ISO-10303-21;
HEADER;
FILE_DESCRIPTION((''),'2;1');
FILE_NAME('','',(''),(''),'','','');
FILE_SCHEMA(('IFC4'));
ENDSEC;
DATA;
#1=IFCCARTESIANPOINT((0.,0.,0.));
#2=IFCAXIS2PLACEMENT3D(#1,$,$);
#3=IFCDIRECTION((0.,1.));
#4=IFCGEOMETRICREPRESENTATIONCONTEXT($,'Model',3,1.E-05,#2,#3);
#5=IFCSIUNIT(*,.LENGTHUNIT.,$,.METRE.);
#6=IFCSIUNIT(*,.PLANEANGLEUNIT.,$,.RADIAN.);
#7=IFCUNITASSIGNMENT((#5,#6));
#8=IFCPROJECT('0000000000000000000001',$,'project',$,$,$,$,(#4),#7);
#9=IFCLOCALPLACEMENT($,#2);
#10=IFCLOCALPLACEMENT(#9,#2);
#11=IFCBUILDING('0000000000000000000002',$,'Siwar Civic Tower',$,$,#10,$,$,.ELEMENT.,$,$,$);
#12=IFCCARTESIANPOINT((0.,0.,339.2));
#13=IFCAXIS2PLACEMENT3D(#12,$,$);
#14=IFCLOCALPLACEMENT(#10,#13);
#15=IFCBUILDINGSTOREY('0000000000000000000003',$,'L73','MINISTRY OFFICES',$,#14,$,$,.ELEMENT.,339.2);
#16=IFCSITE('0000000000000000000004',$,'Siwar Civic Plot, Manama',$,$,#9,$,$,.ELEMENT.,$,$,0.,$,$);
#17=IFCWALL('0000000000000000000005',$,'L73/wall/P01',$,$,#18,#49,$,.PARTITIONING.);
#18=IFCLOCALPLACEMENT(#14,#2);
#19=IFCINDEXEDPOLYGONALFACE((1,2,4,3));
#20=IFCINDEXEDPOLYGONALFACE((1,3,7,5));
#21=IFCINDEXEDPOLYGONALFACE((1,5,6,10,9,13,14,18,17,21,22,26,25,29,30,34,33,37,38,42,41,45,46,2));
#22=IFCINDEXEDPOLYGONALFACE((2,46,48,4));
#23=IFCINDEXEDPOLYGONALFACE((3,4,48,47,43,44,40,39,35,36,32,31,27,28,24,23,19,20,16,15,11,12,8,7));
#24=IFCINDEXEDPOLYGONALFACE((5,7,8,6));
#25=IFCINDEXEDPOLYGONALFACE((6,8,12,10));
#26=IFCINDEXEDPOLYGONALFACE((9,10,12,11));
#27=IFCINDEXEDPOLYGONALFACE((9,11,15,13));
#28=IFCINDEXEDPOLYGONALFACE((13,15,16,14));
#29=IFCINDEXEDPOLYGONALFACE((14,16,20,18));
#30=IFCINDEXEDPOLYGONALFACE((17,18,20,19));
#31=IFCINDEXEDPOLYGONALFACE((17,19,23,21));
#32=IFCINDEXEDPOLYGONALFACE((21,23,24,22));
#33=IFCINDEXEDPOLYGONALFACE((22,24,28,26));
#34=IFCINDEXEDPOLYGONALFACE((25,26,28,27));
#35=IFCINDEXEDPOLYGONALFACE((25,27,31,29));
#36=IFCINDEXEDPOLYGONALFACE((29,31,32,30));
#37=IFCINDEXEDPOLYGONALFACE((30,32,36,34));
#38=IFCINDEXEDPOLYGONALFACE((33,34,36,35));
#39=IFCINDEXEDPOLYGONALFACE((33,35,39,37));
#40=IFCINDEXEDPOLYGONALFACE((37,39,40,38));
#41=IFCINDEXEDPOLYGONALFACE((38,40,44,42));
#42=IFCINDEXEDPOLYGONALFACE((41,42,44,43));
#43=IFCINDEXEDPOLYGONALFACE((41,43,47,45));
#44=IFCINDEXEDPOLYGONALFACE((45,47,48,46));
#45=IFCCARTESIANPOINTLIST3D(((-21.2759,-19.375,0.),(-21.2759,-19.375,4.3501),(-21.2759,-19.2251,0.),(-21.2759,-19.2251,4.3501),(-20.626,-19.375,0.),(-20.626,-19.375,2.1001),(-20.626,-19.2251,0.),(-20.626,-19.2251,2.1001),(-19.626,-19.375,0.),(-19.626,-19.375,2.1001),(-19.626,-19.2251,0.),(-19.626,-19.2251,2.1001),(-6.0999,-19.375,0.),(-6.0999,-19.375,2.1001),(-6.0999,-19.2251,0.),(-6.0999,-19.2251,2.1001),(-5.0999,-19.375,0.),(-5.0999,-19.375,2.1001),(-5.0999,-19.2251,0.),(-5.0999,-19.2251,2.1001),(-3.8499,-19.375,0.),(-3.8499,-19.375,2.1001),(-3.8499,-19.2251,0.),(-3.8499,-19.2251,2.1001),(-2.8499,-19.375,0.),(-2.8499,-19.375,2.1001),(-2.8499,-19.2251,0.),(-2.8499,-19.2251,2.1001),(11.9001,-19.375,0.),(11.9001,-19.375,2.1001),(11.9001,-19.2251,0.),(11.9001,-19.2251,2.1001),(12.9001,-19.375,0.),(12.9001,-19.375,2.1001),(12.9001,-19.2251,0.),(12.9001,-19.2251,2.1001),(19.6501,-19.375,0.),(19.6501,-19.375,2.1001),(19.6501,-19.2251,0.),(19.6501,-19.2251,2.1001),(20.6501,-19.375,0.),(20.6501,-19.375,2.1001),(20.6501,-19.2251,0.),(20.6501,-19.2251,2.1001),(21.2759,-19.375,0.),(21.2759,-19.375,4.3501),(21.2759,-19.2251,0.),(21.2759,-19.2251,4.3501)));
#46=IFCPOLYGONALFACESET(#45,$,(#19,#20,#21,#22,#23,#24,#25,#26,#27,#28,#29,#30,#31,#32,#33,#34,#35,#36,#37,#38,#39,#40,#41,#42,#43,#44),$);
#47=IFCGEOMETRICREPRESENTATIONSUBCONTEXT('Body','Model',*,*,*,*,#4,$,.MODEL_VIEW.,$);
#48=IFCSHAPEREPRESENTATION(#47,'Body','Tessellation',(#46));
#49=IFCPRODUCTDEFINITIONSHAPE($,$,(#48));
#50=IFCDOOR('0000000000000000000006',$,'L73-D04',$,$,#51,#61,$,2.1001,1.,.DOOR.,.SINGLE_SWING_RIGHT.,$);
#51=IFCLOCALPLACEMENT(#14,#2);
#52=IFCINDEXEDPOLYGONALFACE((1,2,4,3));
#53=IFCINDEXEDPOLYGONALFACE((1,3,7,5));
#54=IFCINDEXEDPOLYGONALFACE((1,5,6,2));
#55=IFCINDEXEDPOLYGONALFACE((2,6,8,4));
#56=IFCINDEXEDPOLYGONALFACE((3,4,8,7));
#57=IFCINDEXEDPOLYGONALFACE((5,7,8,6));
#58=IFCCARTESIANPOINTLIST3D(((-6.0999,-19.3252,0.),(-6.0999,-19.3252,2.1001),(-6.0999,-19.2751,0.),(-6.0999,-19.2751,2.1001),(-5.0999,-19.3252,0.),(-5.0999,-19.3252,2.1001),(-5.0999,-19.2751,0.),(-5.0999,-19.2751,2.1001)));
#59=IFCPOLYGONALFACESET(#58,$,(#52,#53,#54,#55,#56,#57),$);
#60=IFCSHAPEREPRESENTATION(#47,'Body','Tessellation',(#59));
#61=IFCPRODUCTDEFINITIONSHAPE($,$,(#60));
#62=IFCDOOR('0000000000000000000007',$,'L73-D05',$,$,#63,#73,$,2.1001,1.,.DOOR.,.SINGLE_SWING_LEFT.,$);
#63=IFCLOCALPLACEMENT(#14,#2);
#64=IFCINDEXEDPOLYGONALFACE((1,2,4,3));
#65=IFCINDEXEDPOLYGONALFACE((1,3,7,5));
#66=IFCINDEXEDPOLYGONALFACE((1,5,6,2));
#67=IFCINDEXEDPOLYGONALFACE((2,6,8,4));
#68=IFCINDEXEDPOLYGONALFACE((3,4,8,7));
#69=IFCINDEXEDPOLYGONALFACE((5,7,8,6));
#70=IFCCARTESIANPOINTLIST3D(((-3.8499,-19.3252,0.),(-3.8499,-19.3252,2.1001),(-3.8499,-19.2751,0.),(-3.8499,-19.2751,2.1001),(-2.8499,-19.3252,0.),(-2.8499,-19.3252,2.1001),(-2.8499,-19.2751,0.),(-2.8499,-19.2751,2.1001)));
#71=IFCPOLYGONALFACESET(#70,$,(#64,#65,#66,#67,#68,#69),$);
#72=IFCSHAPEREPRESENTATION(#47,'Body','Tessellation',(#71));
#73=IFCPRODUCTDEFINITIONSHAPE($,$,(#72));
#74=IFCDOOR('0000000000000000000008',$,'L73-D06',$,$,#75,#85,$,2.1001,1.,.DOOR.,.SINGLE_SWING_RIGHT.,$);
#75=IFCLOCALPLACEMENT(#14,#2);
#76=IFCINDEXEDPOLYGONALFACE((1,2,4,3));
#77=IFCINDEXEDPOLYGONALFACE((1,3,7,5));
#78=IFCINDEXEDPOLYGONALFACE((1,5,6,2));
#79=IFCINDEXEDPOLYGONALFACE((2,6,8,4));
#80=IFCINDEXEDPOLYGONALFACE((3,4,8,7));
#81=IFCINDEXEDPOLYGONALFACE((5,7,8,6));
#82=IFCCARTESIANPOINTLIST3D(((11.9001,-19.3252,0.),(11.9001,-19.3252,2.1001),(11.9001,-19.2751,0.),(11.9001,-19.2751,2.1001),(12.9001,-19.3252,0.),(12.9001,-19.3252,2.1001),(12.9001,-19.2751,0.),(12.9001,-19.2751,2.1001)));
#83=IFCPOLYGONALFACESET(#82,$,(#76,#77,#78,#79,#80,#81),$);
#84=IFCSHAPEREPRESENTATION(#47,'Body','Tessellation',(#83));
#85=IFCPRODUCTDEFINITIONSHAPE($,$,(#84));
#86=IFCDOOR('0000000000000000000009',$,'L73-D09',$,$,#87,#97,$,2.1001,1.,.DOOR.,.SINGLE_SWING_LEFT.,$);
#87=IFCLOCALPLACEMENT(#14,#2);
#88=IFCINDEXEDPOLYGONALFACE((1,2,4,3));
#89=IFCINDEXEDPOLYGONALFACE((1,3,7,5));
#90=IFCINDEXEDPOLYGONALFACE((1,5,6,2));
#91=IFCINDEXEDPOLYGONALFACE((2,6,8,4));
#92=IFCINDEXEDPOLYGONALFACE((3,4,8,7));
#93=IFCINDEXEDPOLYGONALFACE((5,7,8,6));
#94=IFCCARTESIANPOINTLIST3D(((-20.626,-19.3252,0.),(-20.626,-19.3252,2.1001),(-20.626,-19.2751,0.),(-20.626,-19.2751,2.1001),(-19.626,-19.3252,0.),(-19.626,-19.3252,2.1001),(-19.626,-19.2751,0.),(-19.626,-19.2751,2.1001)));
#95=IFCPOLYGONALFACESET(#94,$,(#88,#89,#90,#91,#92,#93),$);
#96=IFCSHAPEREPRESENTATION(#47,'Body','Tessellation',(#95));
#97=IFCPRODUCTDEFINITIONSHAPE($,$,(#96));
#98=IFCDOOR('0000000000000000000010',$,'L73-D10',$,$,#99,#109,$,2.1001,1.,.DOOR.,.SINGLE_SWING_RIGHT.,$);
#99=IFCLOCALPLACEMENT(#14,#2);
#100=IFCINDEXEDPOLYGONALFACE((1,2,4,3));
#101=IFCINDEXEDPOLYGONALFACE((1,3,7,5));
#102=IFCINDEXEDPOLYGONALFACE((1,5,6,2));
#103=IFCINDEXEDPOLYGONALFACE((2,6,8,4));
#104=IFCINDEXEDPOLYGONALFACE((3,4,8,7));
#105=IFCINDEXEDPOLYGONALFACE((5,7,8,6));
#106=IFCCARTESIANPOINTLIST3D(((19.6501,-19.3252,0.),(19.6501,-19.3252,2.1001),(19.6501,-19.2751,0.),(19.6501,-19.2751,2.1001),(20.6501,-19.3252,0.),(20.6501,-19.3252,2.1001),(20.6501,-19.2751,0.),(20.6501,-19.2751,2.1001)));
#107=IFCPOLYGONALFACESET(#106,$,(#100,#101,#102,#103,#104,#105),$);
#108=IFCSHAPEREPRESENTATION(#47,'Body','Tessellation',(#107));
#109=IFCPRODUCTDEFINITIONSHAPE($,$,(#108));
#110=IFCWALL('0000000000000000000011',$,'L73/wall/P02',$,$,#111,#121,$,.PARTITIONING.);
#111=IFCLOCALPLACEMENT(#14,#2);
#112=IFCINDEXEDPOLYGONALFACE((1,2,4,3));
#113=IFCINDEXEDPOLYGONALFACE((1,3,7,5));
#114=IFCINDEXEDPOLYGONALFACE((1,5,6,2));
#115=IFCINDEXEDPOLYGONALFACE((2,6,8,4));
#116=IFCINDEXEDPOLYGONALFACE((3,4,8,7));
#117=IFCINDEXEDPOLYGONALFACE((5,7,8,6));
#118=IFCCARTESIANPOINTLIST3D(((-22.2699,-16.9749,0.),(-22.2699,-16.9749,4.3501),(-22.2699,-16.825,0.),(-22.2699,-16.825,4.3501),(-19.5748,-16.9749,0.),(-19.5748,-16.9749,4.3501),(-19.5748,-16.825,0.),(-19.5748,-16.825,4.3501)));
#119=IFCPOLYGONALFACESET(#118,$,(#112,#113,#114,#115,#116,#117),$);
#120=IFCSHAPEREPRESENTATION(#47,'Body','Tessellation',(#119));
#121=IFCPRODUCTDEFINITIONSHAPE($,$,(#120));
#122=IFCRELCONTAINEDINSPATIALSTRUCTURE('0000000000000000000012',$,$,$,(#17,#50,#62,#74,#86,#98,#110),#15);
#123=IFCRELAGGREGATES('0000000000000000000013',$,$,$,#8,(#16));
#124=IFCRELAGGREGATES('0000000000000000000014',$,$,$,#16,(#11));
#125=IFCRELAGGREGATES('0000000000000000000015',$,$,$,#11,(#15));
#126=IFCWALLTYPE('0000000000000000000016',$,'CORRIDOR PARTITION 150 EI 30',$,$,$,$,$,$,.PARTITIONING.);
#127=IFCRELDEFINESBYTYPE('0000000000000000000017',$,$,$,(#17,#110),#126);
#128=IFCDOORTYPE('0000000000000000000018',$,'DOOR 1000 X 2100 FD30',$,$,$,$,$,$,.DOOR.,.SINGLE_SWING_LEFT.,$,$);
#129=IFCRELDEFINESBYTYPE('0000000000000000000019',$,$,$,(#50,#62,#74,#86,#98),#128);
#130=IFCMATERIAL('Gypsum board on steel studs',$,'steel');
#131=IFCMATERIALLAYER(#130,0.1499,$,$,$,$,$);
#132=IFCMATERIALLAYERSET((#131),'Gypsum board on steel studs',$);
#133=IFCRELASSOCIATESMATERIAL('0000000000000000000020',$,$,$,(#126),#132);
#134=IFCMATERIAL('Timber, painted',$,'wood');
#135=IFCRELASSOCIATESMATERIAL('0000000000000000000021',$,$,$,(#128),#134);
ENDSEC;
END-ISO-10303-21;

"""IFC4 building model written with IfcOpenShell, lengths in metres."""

from ifc_helpers import new_model, si_unit, direction, frame, frame_2d, origin, place, context, subcontext, project, spatial, rectangle, extrude, material, layer, layer_set, type_object, element, fill, save


model = new_model("IFC4")

# Units and contexts
model_context = context("Model", 3, precision=1e-05, world=origin(), true_north=direction((0.0, 1.0)))
body_context = subcontext(model_context, "Body", "Model", "MODEL_VIEW")
ifc_project = project(units=[si_unit("LENGTHUNIT", "METRE"), si_unit("PLANEANGLEUNIT", "RADIAN")], contexts=[model_context])

# Site, building, storey
site_placement = place(None, origin())
site = spatial("IfcSite", under=ifc_project, at=site_placement, Name="Siwar Civic Plot, Manama", CompositionType="ELEMENT", RefElevation=0.0)
building_placement = place(site_placement, origin())
building = spatial("IfcBuilding", under=site, at=building_placement, Name="Siwar Civic Tower", CompositionType="ELEMENT")
storey_placement = place(building_placement, frame((0.0, 0.0, 339.2)))
storey = spatial("IfcBuildingStorey", under=building, at=storey_placement, Name="L73", Description="MINISTRY OFFICES", CompositionType="ELEMENT", Elevation=339.2)

# Wall, openings, doors
ifc_material_1 = material(Name="Gypsum board on steel studs", Category="steel")
ifc_layer_1 = layer(ifc_material_1, 0.1499)
ifc_layer_set_1 = layer_set([ifc_layer_1], Name="Gypsum board on steel studs")
wall_type = type_object("IfcWallType", Name="CORRIDOR PARTITION 150 EI 30", PredefinedType="PARTITIONING", material=ifc_layer_set_1)
wall_1_placement = place(storey_placement, frame((-21.2759, -19.3, 0.0), z_axis=(0.0, 0.0, 1.0), x_axis=(1.0, 0.0, 0.0)))
wall_1 = element("IfcWall", 1, at=wall_1_placement, inside=storey, type_object=wall_type, Name="L73/wall/P01", PredefinedType="PARTITIONING", context=body_context, shape_type="SweptSolid", body=[
    extrude(rectangle(XDim=42.5518, YDim=0.1499, at=frame_2d((21.2759, 0.0))), origin(), (0.0, 0.0, 1.0), 4.3501),
])
opening_1_placement = place(wall_1_placement, frame((15.176, 0.0, 0.0)))
opening_1 = element("IfcOpeningElement", 2, at=opening_1_placement, cuts=wall_1, PredefinedType="OPENING", context=body_context, shape_type="SweptSolid", body=[
    extrude(rectangle(XDim=1.0, YDim=2.1001, at=frame_2d((0.5, 1.05))), frame((0.0, 0.085, 0.0), z_axis=(0.0, -1.0, 0.0), x_axis=(1.0, 0.0, 0.0)), (0.0, 0.0, 1.0), 0.1699),
])
opening_2_placement = place(wall_1_placement, frame((17.426, 0.0, 0.0)))
opening_2 = element("IfcOpeningElement", 3, at=opening_2_placement, cuts=wall_1, PredefinedType="OPENING", context=body_context, shape_type="SweptSolid", body=[
    extrude(rectangle(XDim=1.0, YDim=2.1001, at=frame_2d((0.5, 1.05))), frame((0.0, 0.085, 0.0), z_axis=(0.0, -1.0, 0.0), x_axis=(1.0, 0.0, 0.0)), (0.0, 0.0, 1.0), 0.1699),
])
opening_3_placement = place(wall_1_placement, frame((33.176, 0.0, 0.0)))
opening_3 = element("IfcOpeningElement", 4, at=opening_3_placement, cuts=wall_1, PredefinedType="OPENING", context=body_context, shape_type="SweptSolid", body=[
    extrude(rectangle(XDim=1.0, YDim=2.1001, at=frame_2d((0.5, 1.05))), frame((0.0, 0.085, 0.0), z_axis=(0.0, -1.0, 0.0), x_axis=(1.0, 0.0, 0.0)), (0.0, 0.0, 1.0), 0.1699),
])
opening_4_placement = place(wall_1_placement, frame((0.6499, 0.0, 0.0)))
opening_4 = element("IfcOpeningElement", 5, at=opening_4_placement, cuts=wall_1, PredefinedType="OPENING", context=body_context, shape_type="SweptSolid", body=[
    extrude(rectangle(XDim=1.0, YDim=2.1001, at=frame_2d((0.5, 1.05))), frame((0.0, 0.085, 0.0), z_axis=(0.0, -1.0, 0.0), x_axis=(1.0, 0.0, 0.0)), (0.0, 0.0, 1.0), 0.1699),
])
opening_5_placement = place(wall_1_placement, frame((40.926, 0.0, 0.0)))
opening_5 = element("IfcOpeningElement", 6, at=opening_5_placement, cuts=wall_1, PredefinedType="OPENING", context=body_context, shape_type="SweptSolid", body=[
    extrude(rectangle(XDim=1.0, YDim=2.1001, at=frame_2d((0.5, 1.05))), frame((0.0, 0.085, 0.0), z_axis=(0.0, -1.0, 0.0), x_axis=(1.0, 0.0, 0.0)), (0.0, 0.0, 1.0), 0.1699),
])
ifc_material_2 = material(Name="Timber, painted", Category="wood")
door_type = type_object("IfcDoorType", Name="DOOR 1000 X 2100 FD30", OperationType="SINGLE_SWING_LEFT", PredefinedType="DOOR", material=ifc_material_2)
door_1_placement = place(opening_1_placement, origin())
door_1 = element("IfcDoor", 7, at=door_1_placement, inside=storey, type_object=door_type, Name="L73-D04", OperationType="SINGLE_SWING_RIGHT", OverallHeight=2.1001, OverallWidth=1.0, PredefinedType="DOOR", context=body_context, shape_type="SweptSolid", body=[
    extrude(rectangle(XDim=1.0, YDim=2.1001, at=frame_2d((0.5, 1.05))), frame((0.0, 0.0249, 0.0), z_axis=(0.0, -1.0, 0.0), x_axis=(1.0, 0.0, 0.0)), (0.0, 0.0, 1.0), 0.05),
])
fill(opening_1, door_1)
door_2_placement = place(opening_2_placement, origin())
door_2 = element("IfcDoor", 8, at=door_2_placement, inside=storey, type_object=door_type, Name="L73-D05", OperationType="SINGLE_SWING_LEFT", OverallHeight=2.1001, OverallWidth=1.0, PredefinedType="DOOR", context=body_context, shape_type="SweptSolid", body=[
    extrude(rectangle(XDim=1.0, YDim=2.1001, at=frame_2d((0.5, 1.05))), frame((0.0, 0.0249, 0.0), z_axis=(0.0, -1.0, 0.0), x_axis=(1.0, 0.0, 0.0)), (0.0, 0.0, 1.0), 0.05),
])
fill(opening_2, door_2)
door_3_placement = place(opening_3_placement, origin())
door_3 = element("IfcDoor", 9, at=door_3_placement, inside=storey, type_object=door_type, Name="L73-D06", OperationType="SINGLE_SWING_RIGHT", OverallHeight=2.1001, OverallWidth=1.0, PredefinedType="DOOR", context=body_context, shape_type="SweptSolid", body=[
    extrude(rectangle(XDim=1.0, YDim=2.1001, at=frame_2d((0.5, 1.05))), frame((0.0, 0.0249, 0.0), z_axis=(0.0, -1.0, 0.0), x_axis=(1.0, 0.0, 0.0)), (0.0, 0.0, 1.0), 0.05),
])
fill(opening_3, door_3)
door_4_placement = place(opening_4_placement, origin())
door_4 = element("IfcDoor", 10, at=door_4_placement, inside=storey, type_object=door_type, Name="L73-D09", OperationType="SINGLE_SWING_LEFT", OverallHeight=2.1001, OverallWidth=1.0, PredefinedType="DOOR", context=body_context, shape_type="SweptSolid", body=[
    extrude(rectangle(XDim=1.0, YDim=2.1001, at=frame_2d((0.5, 1.05))), frame((0.0, 0.0249, 0.0), z_axis=(0.0, -1.0, 0.0), x_axis=(1.0, 0.0, 0.0)), (0.0, 0.0, 1.0), 0.05),
])
fill(opening_4, door_4)
door_5_placement = place(opening_5_placement, origin())
door_5 = element("IfcDoor", 11, at=door_5_placement, inside=storey, type_object=door_type, Name="L73-D10", OperationType="SINGLE_SWING_RIGHT", OverallHeight=2.1001, OverallWidth=1.0, PredefinedType="DOOR", context=body_context, shape_type="SweptSolid", body=[
    extrude(rectangle(XDim=1.0, YDim=2.1001, at=frame_2d((0.5, 1.05))), frame((0.0, 0.0249, 0.0), z_axis=(0.0, -1.0, 0.0), x_axis=(1.0, 0.0, 0.0)), (0.0, 0.0, 1.0), 0.05),
])
fill(opening_5, door_5)

# Wall
wall_2_placement = place(storey_placement, frame((-22.27, -16.8999, 0.0), z_axis=(0.0, 0.0, 1.0), x_axis=(1.0, 0.0, 0.0)))
element("IfcWall", 12, at=wall_2_placement, inside=storey, type_object=wall_type, Name="L73/wall/P02", PredefinedType="PARTITIONING", context=body_context, shape_type="SweptSolid", body=[
    extrude(rectangle(XDim=2.6951, YDim=0.1499, at=frame_2d((1.3477, 0.0))), origin(), (0.0, 0.0, 1.0), 4.3501),
])

save(model, "model.ifc")
